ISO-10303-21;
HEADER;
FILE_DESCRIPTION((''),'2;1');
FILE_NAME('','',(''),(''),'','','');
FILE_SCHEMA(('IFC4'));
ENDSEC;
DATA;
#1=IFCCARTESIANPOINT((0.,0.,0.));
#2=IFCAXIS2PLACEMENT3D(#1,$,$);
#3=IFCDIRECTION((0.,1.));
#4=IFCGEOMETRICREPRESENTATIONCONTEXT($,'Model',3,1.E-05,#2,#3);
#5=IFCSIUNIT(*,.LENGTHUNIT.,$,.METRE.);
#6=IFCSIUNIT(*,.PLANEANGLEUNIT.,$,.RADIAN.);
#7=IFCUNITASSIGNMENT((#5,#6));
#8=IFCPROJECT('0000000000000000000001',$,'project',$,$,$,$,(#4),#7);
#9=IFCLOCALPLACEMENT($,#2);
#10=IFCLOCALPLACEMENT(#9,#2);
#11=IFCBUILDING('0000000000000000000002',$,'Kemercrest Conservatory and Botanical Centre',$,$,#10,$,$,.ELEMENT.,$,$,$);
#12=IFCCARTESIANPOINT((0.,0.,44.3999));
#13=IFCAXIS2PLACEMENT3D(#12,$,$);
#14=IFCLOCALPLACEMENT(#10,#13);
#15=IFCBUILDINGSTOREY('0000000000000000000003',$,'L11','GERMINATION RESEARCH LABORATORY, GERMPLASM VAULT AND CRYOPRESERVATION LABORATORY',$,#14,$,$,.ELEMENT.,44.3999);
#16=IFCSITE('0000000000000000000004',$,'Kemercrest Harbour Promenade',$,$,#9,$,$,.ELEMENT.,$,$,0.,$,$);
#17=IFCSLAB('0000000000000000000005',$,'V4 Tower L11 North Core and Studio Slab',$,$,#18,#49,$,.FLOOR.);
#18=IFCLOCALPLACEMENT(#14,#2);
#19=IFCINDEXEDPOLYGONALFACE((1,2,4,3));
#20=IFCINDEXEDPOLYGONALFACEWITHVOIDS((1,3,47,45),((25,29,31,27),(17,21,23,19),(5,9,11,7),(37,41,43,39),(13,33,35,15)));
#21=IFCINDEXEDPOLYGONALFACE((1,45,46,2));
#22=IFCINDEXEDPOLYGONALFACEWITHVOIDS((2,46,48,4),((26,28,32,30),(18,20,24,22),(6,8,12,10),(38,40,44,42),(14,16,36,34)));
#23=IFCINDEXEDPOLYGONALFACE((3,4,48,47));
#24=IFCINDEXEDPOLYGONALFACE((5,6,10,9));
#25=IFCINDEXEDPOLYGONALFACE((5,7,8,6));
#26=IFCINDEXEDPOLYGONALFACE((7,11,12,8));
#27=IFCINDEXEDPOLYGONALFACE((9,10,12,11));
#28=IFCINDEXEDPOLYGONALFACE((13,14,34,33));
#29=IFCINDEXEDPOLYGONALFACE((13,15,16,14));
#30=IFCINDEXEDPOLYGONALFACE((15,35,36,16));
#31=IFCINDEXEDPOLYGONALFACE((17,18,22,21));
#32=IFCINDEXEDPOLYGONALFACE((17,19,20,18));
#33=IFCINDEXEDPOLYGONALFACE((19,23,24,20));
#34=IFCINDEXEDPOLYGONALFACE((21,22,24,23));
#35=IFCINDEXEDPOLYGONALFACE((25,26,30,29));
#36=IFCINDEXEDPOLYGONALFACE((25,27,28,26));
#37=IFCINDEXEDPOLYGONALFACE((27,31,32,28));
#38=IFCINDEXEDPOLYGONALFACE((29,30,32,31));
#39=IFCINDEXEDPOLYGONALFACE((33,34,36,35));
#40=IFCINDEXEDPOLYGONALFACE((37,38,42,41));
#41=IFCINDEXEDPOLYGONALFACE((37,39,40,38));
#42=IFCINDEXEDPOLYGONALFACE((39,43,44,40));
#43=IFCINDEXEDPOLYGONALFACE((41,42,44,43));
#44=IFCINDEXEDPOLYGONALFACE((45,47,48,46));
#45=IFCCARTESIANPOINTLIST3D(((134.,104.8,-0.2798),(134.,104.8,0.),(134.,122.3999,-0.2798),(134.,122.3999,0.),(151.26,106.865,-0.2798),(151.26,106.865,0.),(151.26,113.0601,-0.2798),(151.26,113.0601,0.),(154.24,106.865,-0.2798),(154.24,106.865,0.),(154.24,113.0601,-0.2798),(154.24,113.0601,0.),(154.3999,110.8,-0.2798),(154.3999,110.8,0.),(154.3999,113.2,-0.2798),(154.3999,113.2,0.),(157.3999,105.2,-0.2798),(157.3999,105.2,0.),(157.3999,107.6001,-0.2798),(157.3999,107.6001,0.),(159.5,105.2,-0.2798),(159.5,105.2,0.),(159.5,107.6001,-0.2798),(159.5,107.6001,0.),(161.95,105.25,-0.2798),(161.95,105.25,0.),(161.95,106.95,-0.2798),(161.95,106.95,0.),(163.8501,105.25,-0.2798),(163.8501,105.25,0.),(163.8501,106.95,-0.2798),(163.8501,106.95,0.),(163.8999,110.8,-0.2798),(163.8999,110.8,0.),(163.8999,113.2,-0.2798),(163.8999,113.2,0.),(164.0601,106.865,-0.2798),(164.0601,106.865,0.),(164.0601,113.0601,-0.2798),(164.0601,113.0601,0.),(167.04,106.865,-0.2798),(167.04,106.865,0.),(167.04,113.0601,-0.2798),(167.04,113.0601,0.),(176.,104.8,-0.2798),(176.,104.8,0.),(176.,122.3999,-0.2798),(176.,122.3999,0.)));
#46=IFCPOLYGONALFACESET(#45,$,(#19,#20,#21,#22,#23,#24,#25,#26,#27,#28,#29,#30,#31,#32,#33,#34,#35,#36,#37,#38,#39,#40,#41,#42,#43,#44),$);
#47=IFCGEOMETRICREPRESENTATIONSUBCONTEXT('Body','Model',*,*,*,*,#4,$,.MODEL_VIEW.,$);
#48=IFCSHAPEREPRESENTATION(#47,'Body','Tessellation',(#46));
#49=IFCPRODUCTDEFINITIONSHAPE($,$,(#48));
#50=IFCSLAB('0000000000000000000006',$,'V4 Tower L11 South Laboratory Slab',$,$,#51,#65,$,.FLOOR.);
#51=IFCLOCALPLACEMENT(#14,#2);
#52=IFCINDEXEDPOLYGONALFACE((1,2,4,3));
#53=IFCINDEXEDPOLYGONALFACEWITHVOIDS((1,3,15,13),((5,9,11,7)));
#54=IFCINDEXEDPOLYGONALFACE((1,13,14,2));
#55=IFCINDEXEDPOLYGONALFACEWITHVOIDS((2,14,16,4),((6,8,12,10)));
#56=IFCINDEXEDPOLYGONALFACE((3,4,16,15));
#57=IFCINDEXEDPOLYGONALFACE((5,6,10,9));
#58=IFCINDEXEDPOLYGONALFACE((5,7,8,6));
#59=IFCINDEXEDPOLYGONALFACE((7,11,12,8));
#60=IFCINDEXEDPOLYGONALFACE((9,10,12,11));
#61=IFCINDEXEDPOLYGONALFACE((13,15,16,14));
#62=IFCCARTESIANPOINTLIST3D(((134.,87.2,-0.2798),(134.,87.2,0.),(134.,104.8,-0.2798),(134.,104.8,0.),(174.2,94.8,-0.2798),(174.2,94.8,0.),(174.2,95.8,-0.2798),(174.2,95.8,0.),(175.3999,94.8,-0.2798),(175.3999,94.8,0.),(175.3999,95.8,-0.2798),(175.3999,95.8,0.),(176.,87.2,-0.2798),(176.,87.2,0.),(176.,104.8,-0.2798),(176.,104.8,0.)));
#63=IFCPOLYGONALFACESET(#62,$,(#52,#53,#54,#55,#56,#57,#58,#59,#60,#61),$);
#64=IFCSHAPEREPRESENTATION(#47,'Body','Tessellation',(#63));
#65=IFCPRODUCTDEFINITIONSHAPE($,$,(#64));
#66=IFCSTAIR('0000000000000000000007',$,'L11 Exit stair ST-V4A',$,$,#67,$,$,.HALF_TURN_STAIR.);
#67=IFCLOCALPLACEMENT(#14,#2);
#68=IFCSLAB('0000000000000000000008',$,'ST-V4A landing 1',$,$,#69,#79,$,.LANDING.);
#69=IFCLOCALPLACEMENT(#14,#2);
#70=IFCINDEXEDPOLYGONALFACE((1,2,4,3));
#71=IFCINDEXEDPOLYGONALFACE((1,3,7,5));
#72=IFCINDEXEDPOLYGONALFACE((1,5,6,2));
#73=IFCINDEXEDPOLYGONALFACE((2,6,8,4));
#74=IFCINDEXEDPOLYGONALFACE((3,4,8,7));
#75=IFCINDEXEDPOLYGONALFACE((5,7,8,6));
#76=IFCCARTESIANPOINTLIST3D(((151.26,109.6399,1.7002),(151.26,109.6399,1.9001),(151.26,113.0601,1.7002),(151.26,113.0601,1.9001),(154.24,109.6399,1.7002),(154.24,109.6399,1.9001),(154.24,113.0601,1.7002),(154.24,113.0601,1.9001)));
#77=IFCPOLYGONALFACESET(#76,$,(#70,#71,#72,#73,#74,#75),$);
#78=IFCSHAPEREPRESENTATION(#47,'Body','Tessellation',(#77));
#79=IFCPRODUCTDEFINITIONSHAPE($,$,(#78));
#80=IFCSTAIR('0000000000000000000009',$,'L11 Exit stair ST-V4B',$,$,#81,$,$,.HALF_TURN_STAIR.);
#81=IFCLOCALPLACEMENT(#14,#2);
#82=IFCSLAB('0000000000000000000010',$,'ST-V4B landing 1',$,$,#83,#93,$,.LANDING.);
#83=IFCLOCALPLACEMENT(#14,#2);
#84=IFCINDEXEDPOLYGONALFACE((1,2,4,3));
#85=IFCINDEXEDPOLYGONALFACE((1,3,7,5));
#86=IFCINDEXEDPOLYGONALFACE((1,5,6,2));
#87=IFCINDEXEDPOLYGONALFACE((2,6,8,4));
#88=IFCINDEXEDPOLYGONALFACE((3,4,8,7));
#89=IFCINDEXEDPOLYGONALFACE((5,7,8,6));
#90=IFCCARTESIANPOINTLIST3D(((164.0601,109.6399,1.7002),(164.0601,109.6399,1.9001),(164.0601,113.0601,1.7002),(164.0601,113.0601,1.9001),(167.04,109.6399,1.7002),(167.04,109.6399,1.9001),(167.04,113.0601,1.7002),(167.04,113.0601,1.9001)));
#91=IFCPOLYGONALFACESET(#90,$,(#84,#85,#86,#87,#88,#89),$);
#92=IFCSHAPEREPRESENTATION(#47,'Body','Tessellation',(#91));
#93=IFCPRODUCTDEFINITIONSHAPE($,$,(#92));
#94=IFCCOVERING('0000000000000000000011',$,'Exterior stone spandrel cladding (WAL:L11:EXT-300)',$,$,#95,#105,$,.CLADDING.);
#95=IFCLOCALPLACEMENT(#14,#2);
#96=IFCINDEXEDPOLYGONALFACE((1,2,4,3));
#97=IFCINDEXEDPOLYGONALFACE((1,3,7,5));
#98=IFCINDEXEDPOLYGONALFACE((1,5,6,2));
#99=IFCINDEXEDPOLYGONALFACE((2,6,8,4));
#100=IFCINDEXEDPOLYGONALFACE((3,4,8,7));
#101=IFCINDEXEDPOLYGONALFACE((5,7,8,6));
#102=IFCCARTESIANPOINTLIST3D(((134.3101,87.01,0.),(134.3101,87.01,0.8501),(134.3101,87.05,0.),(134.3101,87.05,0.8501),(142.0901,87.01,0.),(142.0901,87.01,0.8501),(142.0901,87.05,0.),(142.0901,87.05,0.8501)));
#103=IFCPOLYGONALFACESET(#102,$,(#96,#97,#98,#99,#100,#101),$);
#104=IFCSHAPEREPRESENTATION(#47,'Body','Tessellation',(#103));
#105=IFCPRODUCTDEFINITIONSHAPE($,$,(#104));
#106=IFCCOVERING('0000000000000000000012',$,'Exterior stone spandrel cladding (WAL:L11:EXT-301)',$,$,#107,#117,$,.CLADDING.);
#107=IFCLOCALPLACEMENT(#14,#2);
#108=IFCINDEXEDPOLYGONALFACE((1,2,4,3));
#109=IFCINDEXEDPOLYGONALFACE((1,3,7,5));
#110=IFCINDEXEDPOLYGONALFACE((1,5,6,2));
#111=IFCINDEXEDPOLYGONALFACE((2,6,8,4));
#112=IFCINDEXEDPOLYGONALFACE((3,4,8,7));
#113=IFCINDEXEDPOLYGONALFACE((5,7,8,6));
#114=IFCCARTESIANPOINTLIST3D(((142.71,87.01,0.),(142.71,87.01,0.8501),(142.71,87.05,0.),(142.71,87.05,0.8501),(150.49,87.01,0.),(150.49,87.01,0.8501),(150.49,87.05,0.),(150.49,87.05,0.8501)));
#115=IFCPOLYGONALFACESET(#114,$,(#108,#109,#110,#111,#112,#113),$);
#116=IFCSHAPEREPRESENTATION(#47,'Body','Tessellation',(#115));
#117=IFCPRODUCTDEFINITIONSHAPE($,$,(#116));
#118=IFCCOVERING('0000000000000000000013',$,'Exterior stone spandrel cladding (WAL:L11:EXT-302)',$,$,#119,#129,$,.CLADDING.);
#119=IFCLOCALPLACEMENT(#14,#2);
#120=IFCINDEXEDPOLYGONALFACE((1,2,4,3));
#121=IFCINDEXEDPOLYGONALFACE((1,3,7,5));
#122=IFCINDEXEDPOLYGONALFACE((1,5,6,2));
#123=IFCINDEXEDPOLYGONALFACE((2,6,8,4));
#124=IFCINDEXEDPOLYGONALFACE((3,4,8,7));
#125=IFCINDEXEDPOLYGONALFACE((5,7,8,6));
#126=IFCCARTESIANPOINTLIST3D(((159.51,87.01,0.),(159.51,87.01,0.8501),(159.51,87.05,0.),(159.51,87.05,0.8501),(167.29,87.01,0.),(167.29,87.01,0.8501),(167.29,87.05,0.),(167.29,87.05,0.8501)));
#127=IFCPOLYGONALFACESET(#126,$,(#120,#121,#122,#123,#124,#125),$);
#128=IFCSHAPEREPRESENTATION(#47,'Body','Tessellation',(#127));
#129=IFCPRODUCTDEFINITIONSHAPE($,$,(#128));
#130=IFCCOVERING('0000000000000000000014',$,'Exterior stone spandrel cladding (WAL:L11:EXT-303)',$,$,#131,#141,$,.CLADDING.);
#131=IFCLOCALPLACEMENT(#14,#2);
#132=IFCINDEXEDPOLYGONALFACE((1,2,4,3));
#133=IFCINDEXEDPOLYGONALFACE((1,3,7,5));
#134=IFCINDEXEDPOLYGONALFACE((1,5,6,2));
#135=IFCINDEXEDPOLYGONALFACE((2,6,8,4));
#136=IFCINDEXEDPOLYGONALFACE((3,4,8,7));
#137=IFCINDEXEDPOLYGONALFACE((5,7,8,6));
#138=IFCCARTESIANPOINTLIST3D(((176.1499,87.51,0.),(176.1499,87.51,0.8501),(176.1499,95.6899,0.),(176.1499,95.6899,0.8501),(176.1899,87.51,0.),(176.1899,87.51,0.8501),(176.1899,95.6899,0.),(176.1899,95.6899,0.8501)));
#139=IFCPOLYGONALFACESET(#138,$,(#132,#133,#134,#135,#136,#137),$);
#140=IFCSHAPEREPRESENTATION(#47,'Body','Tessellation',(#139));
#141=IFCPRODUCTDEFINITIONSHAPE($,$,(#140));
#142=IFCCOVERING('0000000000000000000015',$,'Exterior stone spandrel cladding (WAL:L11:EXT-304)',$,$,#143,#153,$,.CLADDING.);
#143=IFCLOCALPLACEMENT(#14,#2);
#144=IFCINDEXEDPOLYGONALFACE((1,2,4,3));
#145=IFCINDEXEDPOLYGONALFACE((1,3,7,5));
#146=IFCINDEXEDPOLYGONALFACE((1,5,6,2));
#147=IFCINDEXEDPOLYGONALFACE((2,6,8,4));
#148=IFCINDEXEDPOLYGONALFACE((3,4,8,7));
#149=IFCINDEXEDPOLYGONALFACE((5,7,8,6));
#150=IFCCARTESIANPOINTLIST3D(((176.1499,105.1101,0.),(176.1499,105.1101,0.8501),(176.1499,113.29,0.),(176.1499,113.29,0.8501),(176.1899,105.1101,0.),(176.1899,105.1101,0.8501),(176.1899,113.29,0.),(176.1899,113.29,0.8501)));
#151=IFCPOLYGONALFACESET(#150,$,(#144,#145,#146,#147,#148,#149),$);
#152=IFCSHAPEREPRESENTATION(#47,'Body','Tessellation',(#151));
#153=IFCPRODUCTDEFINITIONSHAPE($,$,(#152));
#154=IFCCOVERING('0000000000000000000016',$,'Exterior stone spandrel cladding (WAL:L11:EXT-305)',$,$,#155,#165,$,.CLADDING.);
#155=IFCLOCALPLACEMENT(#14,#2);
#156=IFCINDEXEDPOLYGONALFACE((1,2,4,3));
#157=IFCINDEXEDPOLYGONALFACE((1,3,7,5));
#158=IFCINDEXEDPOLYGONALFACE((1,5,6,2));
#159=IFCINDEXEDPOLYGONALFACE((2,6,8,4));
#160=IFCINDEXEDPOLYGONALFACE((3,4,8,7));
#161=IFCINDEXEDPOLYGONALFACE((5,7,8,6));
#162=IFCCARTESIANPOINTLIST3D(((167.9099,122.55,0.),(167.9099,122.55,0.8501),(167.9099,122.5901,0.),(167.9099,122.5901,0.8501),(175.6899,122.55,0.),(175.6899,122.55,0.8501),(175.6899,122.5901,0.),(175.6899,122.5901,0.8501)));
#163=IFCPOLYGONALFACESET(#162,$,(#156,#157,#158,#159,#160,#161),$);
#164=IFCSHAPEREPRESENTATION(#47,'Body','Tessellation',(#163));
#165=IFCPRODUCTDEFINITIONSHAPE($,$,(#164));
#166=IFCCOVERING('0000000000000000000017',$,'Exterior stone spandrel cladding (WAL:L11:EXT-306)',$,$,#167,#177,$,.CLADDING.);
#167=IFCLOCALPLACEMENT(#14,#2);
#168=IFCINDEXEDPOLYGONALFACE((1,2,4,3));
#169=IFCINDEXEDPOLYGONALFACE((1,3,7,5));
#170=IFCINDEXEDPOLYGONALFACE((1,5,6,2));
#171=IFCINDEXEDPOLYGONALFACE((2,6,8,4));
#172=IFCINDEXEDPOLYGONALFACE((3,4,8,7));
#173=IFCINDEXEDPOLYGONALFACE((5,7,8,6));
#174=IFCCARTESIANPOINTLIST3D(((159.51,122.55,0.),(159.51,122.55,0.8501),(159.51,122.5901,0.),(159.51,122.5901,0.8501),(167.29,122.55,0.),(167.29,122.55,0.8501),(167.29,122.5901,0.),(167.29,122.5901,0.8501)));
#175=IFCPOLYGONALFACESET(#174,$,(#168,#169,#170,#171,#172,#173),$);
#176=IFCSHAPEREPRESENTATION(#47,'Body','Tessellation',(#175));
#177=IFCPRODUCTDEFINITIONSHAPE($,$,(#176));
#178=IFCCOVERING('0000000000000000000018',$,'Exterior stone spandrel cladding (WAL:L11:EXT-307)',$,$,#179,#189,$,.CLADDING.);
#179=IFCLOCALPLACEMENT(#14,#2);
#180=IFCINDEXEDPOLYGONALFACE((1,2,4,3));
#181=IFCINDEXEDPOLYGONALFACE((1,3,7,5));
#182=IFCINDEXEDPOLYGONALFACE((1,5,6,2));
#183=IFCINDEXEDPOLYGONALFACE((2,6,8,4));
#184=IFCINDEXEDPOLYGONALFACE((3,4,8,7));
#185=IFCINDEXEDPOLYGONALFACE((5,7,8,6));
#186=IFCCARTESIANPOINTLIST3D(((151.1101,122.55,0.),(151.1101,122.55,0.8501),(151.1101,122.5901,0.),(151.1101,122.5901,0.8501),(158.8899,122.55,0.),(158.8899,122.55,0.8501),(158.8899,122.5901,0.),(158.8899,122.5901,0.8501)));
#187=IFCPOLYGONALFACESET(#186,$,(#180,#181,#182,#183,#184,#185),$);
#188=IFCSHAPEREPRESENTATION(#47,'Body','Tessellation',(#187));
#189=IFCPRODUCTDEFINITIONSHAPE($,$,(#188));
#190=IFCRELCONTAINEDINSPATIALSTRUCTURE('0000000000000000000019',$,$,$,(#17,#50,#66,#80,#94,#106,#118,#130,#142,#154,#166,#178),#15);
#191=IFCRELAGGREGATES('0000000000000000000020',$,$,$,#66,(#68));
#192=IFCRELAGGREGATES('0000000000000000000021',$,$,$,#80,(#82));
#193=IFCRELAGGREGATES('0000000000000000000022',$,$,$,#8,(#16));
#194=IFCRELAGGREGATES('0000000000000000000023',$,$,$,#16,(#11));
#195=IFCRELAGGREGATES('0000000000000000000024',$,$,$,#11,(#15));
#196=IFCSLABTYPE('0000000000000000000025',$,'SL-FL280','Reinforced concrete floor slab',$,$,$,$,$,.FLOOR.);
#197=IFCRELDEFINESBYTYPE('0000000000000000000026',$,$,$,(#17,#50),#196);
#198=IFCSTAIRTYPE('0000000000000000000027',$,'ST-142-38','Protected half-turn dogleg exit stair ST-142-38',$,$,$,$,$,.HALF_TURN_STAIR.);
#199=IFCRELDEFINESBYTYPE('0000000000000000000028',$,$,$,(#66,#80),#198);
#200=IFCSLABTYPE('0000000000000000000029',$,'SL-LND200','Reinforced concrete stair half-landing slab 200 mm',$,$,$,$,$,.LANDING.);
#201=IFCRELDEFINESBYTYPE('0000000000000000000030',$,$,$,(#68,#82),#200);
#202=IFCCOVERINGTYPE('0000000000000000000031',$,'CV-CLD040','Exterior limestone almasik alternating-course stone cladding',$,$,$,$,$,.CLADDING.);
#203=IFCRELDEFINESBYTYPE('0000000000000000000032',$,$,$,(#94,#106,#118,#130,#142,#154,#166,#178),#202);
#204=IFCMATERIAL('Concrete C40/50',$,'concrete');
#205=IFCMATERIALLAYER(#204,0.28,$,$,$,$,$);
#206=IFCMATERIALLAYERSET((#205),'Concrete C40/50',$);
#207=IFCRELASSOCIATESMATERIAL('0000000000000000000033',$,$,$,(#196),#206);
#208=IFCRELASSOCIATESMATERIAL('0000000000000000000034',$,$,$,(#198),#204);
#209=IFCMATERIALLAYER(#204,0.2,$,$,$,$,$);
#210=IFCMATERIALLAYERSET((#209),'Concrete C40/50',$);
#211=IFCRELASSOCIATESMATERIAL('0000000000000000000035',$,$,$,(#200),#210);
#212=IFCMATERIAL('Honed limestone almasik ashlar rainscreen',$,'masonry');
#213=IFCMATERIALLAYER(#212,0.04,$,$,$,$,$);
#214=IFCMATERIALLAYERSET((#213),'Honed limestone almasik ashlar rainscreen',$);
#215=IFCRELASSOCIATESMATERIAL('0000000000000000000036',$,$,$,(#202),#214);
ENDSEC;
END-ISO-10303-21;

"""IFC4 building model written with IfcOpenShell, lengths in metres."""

from ifc_helpers import new_model, si_unit, direction, frame, origin, place, context, subcontext, project, spatial, polyline, outline, extrude, material, layer, layer_set, type_object, element, aggregate, save


model = new_model("IFC4")

# Units and contexts
model_context = context("Model", 3, precision=1e-05, world=origin(), true_north=direction((0.0, 1.0)))
body_context = subcontext(model_context, "Body", "Model", "MODEL_VIEW")
ifc_project = project(units=[si_unit("LENGTHUNIT", "METRE"), si_unit("PLANEANGLEUNIT", "RADIAN")], contexts=[model_context])

# Site, building, storey
site_placement = place(None, origin())
site = spatial("IfcSite", under=ifc_project, at=site_placement, Name="Kemercrest Harbour Promenade", CompositionType="ELEMENT", RefElevation=0.0)
building_placement = place(site_placement, origin())
building = spatial("IfcBuilding", under=site, at=building_placement, Name="Kemercrest Conservatory and Botanical Centre", CompositionType="ELEMENT")
storey_placement = place(building_placement, frame((0.0, 0.0, 44.3999)))
storey = spatial("IfcBuildingStorey", under=building, at=storey_placement, Name="L11", Description="GERMINATION RESEARCH LABORATORY, GERMPLASM VAULT AND CRYOPRESERVATION LABORATORY", CompositionType="ELEMENT", Elevation=44.3999)

# Slabs
ifc_material_1 = material(Name="Concrete C40/50", Category="concrete")
ifc_layer_1 = layer(ifc_material_1, 0.28)
ifc_layer_set_1 = layer_set([ifc_layer_1], Name="Concrete C40/50")
slab_type_1 = type_object("IfcSlabType", Name="SL-FL280", Description="Reinforced concrete floor slab", PredefinedType="FLOOR", material=ifc_layer_set_1)
slab_1_placement = place(storey_placement, frame((0.0, 0.0, -0.2798)))
element("IfcSlab", 1, at=slab_1_placement, inside=storey, type_object=slab_type_1, Name="V4 Tower L11 North Core and Studio Slab", PredefinedType="FLOOR", context=body_context, shape_type="SweptSolid", body=[
    extrude(outline(polyline([(134.0, 122.3999), (134.0, 104.8), (176.0, 104.8), (176.0, 122.3999), (134.0, 122.3999)]), holes=[polyline([(164.0601, 106.865), (164.0601, 113.0601), (167.04, 113.0601), (167.04, 106.865), (164.0601, 106.865)]), polyline([(154.3999, 110.8), (154.3999, 113.2), (163.8999, 113.2), (163.8999, 110.8), (154.3999, 110.8)]), polyline([(161.95, 105.25), (161.95, 106.95), (163.8501, 106.95), (163.8501, 105.25), (161.95, 105.25)]), polyline([(157.3999, 105.2), (157.3999, 107.6001), (159.5, 107.6001), (159.5, 105.2), (157.3999, 105.2)]), polyline([(154.24, 106.865), (151.26, 106.865), (151.26, 113.0601), (154.24, 113.0601), (154.24, 106.865)])]), origin(), (0.0, 0.0, 1.0), 0.2798),
])
slab_2_placement = place(storey_placement, frame((0.0, 0.0, -0.2798)))
element("IfcSlab", 2, at=slab_2_placement, inside=storey, type_object=slab_type_1, Name="V4 Tower L11 South Laboratory Slab", PredefinedType="FLOOR", context=body_context, shape_type="SweptSolid", body=[
    extrude(outline(polyline([(134.0, 104.8), (134.0, 87.2), (176.0, 87.2), (176.0, 104.8), (134.0, 104.8)]), holes=[polyline([(175.3999, 94.8), (174.2, 94.8), (174.2, 95.8), (175.3999, 95.8), (175.3999, 94.8)])]), origin(), (0.0, 0.0, 1.0), 0.2798),
])

# Stairs, slabs
stair_type = type_object("IfcStairType", Name="ST-142-38", Description="Protected half-turn dogleg exit stair ST-142-38", PredefinedType="HALF_TURN_STAIR", material=ifc_material_1)
stair_1_placement = place(storey_placement, origin())
stair_1 = element("IfcStair", 3, at=stair_1_placement, inside=storey, type_object=stair_type, Name="L11 Exit stair ST-V4A", PredefinedType="HALF_TURN_STAIR")
ifc_layer_2 = layer(ifc_material_1, 0.2)
ifc_layer_set_2 = layer_set([ifc_layer_2], Name="Concrete C40/50")
slab_type_2 = type_object("IfcSlabType", Name="SL-LND200", Description="Reinforced concrete stair half-landing slab 200 mm", PredefinedType="LANDING", material=ifc_layer_set_2)
slab_3_placement = place(storey_placement, frame((0.0, 0.0, 1.7002)))
slab_3 = element("IfcSlab", 4, at=slab_3_placement, type_object=slab_type_2, Name="ST-V4A landing 1", PredefinedType="LANDING", context=body_context, shape_type="SweptSolid", body=[
    extrude(outline(polyline([(154.24, 109.6399), (154.24, 113.0601), (151.26, 113.0601), (151.26, 109.6399), (154.24, 109.6399)])), origin(), (0.0, 0.0, 1.0), 0.2),
])
aggregate(stair_1, [slab_3])
stair_2_placement = place(storey_placement, origin())
stair_2 = element("IfcStair", 5, at=stair_2_placement, inside=storey, type_object=stair_type, Name="L11 Exit stair ST-V4B", PredefinedType="HALF_TURN_STAIR")
slab_4_placement = place(storey_placement, frame((0.0, 0.0, 1.7002)))
slab_4 = element("IfcSlab", 6, at=slab_4_placement, type_object=slab_type_2, Name="ST-V4B landing 1", PredefinedType="LANDING", context=body_context, shape_type="SweptSolid", body=[
    extrude(outline(polyline([(167.04, 109.6399), (167.04, 113.0601), (164.0601, 113.0601), (164.0601, 109.6399), (167.04, 109.6399)])), origin(), (0.0, 0.0, 1.0), 0.2),
])
aggregate(stair_2, [slab_4])

# Coverings
ifc_material_2 = material(Name="Honed limestone almasik ashlar rainscreen", Category="masonry")
ifc_layer_3 = layer(ifc_material_2, 0.04)
ifc_layer_set_3 = layer_set([ifc_layer_3], Name="Honed limestone almasik ashlar rainscreen")
covering_type_1 = type_object("IfcCoveringType", Name="CV-CLD040", Description="Exterior limestone almasik alternating-course stone cladding", PredefinedType="CLADDING", material=ifc_layer_set_3)
covering_1_placement = place(storey_placement, origin())
element("IfcCovering", 7, at=covering_1_placement, inside=storey, type_object=covering_type_1, Name="Exterior stone spandrel cladding (WAL:L11:EXT-300)", PredefinedType="CLADDING", context=body_context, shape_type="SweptSolid", body=[
    extrude(outline(polyline([(134.3101, 87.05), (134.3101, 87.01), (142.0901, 87.01), (142.0901, 87.05), (134.3101, 87.05)])), origin(), (0.0, 0.0, 1.0), 0.8501),
])
covering_2_placement = place(storey_placement, origin())
element("IfcCovering", 8, at=covering_2_placement, inside=storey, type_object=covering_type_1, Name="Exterior stone spandrel cladding (WAL:L11:EXT-301)", PredefinedType="CLADDING", context=body_context, shape_type="SweptSolid", body=[
    extrude(outline(polyline([(142.71, 87.05), (142.71, 87.01), (150.49, 87.01), (150.49, 87.05), (142.71, 87.05)])), origin(), (0.0, 0.0, 1.0), 0.8501),
])
covering_3_placement = place(storey_placement, origin())
element("IfcCovering", 9, at=covering_3_placement, inside=storey, type_object=covering_type_1, Name="Exterior stone spandrel cladding (WAL:L11:EXT-302)", PredefinedType="CLADDING", context=body_context, shape_type="SweptSolid", body=[
    extrude(outline(polyline([(159.51, 87.05), (159.51, 87.01), (167.29, 87.01), (167.29, 87.05), (159.51, 87.05)])), origin(), (0.0, 0.0, 1.0), 0.8501),
])
covering_4_placement = place(storey_placement, origin())
element("IfcCovering", 10, at=covering_4_placement, inside=storey, type_object=covering_type_1, Name="Exterior stone spandrel cladding (WAL:L11:EXT-303)", PredefinedType="CLADDING", context=body_context, shape_type="SweptSolid", body=[
    extrude(outline(polyline([(176.1499, 87.51), (176.1899, 87.51), (176.1899, 95.6899), (176.1499, 95.6899), (176.1499, 87.51)])), origin(), (0.0, 0.0, 1.0), 0.8501),
])
covering_5_placement = place(storey_placement, origin())
element("IfcCovering", 11, at=covering_5_placement, inside=storey, type_object=covering_type_1, Name="Exterior stone spandrel cladding (WAL:L11:EXT-304)", PredefinedType="CLADDING", context=body_context, shape_type="SweptSolid", body=[
    extrude(outline(polyline([(176.1499, 105.1101), (176.1899, 105.1101), (176.1899, 113.29), (176.1499, 113.29), (176.1499, 105.1101)])), origin(), (0.0, 0.0, 1.0), 0.8501),
])
covering_6_placement = place(storey_placement, origin())
element("IfcCovering", 12, at=covering_6_placement, inside=storey, type_object=covering_type_1, Name="Exterior stone spandrel cladding (WAL:L11:EXT-305)", PredefinedType="CLADDING", context=body_context, shape_type="SweptSolid", body=[
    extrude(outline(polyline([(175.6899, 122.55), (175.6899, 122.5901), (167.9099, 122.5901), (167.9099, 122.55), (175.6899, 122.55)])), origin(), (0.0, 0.0, 1.0), 0.8501),
])
covering_7_placement = place(storey_placement, origin())
element("IfcCovering", 13, at=covering_7_placement, inside=storey, type_object=covering_type_1, Name="Exterior stone spandrel cladding (WAL:L11:EXT-306)", PredefinedType="CLADDING", context=body_context, shape_type="SweptSolid", body=[
    extrude(outline(polyline([(167.29, 122.55), (167.29, 122.5901), (159.51, 122.5901), (159.51, 122.55), (167.29, 122.55)])), origin(), (0.0, 0.0, 1.0), 0.8501),
])
covering_8_placement = place(storey_placement, origin())
element("IfcCovering", 14, at=covering_8_placement, inside=storey, type_object=covering_type_1, Name="Exterior stone spandrel cladding (WAL:L11:EXT-307)", PredefinedType="CLADDING", context=body_context, shape_type="SweptSolid", body=[
    extrude(outline(polyline([(158.8899, 122.55), (158.8899, 122.5901), (151.1101, 122.5901), (151.1101, 122.55), (158.8899, 122.55)])), origin(), (0.0, 0.0, 1.0), 0.8501),
])

save(model, "model.ifc")
